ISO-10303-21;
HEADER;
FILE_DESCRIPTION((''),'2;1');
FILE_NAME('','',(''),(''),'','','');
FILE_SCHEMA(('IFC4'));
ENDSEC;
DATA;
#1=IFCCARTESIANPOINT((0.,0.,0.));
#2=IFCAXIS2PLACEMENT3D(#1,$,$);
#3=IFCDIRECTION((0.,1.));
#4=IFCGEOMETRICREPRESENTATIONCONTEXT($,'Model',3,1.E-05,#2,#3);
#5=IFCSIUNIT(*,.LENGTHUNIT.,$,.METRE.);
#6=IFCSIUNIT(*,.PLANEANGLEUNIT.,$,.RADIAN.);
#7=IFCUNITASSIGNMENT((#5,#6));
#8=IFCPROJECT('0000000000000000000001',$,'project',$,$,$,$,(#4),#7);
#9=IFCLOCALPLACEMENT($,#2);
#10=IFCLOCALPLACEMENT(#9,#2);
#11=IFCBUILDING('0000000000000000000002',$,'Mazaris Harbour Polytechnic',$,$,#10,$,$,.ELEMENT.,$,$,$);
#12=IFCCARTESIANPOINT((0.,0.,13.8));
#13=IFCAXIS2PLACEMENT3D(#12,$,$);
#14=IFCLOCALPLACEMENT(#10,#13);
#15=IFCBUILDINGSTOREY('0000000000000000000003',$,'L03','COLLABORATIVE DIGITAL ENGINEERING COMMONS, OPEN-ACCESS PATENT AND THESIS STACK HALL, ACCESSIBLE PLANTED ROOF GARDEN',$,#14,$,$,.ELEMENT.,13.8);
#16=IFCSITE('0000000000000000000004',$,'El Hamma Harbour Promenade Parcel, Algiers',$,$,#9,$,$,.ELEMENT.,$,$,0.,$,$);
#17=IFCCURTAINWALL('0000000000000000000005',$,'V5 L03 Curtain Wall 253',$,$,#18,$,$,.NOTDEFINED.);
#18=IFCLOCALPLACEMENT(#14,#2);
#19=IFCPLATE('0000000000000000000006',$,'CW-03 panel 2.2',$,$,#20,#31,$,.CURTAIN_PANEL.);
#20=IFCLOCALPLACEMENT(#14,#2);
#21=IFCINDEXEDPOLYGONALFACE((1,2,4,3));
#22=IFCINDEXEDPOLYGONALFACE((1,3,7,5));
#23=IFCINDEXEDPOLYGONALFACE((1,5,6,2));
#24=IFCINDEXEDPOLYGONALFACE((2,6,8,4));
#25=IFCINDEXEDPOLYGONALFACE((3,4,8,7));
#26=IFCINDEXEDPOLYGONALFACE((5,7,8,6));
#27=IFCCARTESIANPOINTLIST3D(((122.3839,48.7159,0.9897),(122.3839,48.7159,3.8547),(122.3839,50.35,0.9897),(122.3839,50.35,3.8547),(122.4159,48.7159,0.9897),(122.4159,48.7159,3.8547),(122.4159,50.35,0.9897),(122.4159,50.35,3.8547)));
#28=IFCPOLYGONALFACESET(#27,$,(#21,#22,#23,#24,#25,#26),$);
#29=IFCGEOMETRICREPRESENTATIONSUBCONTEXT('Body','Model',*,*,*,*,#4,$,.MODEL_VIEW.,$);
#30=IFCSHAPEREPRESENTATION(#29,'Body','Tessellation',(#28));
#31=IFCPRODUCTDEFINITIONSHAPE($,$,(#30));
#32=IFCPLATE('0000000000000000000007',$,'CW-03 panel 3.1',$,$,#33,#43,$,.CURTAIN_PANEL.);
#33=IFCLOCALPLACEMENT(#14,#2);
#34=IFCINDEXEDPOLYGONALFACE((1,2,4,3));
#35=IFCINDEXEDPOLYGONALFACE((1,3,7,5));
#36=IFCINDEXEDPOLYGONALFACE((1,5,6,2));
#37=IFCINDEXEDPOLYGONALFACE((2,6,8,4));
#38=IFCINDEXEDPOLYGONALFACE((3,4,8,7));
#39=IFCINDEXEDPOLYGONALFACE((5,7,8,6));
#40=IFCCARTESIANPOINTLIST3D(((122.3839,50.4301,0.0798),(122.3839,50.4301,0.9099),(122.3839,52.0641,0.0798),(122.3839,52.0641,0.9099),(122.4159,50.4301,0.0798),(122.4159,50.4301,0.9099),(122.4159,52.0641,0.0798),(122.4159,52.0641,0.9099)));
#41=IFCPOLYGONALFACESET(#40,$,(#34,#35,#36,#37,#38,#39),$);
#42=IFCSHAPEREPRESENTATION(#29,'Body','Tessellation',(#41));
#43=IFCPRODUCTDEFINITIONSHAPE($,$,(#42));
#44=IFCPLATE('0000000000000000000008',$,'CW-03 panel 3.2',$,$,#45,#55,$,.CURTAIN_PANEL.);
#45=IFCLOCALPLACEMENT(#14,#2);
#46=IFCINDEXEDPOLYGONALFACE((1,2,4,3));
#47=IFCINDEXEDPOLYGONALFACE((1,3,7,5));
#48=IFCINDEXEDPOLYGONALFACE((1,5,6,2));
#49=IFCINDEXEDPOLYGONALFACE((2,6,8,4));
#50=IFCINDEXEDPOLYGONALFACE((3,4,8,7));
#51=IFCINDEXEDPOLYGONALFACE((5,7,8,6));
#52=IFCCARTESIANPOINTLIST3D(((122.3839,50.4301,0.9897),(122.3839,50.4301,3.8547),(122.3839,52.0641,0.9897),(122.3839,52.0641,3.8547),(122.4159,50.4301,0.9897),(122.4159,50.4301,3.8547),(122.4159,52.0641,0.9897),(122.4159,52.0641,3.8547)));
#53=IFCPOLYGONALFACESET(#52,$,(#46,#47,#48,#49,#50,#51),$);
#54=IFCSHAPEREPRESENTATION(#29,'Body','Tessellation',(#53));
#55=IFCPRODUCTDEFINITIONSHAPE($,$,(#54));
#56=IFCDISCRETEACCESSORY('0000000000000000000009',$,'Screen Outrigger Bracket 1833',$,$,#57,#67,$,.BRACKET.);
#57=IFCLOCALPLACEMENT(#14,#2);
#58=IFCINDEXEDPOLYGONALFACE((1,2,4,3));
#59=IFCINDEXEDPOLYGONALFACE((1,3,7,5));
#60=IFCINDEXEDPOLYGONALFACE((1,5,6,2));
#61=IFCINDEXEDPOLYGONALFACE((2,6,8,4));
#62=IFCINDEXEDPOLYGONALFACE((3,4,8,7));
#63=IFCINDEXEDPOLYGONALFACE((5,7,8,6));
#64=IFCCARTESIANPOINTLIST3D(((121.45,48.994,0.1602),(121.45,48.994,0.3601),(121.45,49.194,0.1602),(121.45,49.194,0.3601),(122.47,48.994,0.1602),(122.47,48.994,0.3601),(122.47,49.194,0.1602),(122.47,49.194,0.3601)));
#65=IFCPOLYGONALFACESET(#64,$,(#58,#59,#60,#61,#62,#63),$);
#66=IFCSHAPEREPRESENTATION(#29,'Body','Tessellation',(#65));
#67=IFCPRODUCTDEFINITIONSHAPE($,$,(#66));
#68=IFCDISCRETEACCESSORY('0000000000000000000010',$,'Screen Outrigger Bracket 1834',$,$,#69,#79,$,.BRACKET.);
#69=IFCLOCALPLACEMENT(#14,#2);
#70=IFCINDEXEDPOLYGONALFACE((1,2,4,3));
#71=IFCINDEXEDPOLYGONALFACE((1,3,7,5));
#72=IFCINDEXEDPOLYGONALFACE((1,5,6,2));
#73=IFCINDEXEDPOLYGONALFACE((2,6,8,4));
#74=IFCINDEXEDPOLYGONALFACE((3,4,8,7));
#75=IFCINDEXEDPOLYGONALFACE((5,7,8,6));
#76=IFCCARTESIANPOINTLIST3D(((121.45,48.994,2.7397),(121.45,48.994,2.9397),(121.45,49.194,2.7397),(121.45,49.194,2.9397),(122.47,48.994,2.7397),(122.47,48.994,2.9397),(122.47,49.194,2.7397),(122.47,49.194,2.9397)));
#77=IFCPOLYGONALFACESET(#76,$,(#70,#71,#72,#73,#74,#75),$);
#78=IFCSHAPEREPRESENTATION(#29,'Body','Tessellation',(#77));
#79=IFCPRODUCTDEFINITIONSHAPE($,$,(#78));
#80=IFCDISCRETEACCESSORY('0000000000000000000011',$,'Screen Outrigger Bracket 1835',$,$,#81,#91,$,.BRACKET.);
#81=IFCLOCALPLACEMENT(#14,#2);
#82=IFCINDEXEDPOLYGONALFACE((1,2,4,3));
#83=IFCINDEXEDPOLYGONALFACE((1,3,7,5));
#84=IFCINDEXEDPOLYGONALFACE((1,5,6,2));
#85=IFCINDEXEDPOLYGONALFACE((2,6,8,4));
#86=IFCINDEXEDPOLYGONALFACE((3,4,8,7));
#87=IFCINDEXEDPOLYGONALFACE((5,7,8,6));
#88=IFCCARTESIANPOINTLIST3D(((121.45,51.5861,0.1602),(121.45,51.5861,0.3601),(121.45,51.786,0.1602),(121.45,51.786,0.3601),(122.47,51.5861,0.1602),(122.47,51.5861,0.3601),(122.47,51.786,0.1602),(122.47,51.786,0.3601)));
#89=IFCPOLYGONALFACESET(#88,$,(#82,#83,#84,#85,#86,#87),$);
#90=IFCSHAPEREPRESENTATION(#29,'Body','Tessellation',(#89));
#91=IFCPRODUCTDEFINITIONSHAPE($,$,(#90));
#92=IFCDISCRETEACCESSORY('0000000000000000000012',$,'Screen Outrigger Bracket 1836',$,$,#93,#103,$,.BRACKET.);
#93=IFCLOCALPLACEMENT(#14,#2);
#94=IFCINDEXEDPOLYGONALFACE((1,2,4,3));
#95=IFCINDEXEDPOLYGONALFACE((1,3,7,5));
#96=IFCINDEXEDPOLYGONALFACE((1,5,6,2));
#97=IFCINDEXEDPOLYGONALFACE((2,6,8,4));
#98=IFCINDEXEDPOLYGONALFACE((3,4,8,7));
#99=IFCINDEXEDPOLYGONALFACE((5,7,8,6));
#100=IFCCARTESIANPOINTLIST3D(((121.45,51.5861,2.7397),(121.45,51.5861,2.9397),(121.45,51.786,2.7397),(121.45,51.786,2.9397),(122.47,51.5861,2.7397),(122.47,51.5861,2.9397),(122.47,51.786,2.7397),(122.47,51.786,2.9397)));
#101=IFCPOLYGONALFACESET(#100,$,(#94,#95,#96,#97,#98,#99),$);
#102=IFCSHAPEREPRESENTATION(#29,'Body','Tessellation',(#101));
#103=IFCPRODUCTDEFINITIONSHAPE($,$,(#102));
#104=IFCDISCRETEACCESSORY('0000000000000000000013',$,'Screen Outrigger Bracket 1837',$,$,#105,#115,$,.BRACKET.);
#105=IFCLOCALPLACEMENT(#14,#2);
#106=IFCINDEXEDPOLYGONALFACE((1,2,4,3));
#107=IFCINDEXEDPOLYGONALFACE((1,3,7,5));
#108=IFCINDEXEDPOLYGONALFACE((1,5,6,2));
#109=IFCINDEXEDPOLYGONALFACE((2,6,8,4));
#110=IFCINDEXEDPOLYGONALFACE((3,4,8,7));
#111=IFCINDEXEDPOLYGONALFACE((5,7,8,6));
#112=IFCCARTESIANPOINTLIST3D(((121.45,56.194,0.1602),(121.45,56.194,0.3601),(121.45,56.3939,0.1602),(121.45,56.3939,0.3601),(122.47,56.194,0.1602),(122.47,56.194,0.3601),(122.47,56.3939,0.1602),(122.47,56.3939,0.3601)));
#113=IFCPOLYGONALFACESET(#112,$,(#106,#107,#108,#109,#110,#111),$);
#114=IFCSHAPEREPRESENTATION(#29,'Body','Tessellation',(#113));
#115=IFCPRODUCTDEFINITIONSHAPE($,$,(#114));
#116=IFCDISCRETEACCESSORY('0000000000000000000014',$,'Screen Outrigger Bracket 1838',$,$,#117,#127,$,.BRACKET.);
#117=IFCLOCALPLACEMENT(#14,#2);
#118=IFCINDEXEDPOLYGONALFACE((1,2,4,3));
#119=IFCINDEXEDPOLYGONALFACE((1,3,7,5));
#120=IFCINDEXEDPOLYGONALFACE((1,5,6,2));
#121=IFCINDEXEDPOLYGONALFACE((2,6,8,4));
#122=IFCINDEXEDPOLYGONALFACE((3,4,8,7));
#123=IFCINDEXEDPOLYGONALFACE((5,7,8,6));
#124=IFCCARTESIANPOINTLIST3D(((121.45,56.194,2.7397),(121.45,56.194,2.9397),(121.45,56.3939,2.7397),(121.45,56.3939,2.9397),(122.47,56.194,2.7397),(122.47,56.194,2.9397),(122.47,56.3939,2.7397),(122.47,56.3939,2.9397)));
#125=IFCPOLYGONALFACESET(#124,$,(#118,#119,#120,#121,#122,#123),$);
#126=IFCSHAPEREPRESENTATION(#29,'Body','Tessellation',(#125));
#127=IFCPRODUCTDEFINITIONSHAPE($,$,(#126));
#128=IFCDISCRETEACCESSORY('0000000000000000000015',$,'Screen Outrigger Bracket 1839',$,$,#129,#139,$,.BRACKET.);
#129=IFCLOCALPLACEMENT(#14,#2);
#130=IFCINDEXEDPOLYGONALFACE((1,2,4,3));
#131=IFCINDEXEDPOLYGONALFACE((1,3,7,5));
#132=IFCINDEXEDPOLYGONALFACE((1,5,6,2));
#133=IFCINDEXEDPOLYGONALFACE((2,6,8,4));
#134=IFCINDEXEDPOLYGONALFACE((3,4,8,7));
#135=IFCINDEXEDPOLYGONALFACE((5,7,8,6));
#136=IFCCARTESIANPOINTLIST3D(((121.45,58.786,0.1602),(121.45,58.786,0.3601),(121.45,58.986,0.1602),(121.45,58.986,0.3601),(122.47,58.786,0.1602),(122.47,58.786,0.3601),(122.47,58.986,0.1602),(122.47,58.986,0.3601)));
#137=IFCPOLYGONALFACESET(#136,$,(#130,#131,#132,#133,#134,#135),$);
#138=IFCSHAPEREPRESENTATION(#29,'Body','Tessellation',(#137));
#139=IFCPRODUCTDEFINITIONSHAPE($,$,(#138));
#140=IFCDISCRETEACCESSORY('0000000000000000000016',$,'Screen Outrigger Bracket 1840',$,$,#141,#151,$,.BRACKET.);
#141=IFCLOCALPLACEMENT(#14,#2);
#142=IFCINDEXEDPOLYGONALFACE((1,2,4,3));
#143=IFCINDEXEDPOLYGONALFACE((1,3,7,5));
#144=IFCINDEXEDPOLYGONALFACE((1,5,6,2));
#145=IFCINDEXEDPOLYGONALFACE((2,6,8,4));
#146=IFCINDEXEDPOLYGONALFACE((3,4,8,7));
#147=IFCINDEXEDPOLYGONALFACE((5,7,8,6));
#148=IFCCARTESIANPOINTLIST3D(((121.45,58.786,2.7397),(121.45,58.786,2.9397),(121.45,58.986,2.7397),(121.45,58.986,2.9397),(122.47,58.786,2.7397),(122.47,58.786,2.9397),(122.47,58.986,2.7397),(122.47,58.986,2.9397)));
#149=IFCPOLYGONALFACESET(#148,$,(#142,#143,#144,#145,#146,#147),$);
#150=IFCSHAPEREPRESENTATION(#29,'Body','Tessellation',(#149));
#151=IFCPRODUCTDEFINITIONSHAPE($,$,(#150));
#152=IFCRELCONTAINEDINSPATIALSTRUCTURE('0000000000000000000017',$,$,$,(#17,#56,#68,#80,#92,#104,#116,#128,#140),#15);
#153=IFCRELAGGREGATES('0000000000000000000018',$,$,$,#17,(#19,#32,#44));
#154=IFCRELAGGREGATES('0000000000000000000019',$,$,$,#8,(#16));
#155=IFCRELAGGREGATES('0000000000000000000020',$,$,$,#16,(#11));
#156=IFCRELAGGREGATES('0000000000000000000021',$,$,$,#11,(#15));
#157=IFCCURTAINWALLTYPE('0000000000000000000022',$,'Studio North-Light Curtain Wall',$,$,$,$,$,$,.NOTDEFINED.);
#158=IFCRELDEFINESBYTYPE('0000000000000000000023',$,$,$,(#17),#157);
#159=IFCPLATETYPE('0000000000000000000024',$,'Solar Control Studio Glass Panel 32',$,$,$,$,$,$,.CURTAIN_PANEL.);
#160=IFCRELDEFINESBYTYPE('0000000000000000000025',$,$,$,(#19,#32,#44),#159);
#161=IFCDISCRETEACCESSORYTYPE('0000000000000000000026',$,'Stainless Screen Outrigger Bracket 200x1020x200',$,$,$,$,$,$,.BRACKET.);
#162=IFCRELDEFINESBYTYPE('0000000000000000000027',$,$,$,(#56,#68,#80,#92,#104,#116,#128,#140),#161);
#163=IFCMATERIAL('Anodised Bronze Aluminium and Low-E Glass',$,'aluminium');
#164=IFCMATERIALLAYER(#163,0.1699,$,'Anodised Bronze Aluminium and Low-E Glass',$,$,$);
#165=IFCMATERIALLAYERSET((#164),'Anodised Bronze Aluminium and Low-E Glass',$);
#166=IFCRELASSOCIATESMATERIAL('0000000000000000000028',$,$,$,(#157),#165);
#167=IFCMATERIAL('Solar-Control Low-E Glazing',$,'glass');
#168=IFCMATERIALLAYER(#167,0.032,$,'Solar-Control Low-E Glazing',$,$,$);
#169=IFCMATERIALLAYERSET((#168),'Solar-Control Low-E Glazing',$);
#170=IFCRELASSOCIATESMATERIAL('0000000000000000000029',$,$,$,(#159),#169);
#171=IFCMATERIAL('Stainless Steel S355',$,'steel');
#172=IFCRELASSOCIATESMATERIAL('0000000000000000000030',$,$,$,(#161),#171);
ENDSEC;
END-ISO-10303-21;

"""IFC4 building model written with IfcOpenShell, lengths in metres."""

from ifc_helpers import new_model, si_unit, direction, frame, origin, origin_2d, place, context, subcontext, project, spatial, rectangle, extrude, material, layer, layer_set, type_object, element, aggregate, save


model = new_model("IFC4")

# Units and contexts
model_context = context("Model", 3, precision=1e-05, world=origin(), true_north=direction((0.0, 1.0)))
body_context = subcontext(model_context, "Body", "Model", "MODEL_VIEW")
ifc_project = project(units=[si_unit("LENGTHUNIT", "METRE"), si_unit("PLANEANGLEUNIT", "RADIAN")], contexts=[model_context])

# Site, building, storey
site_placement = place(None, origin())
site = spatial("IfcSite", under=ifc_project, at=site_placement, Name="El Hamma Harbour Promenade Parcel, Algiers", CompositionType="ELEMENT", RefElevation=0.0)
building_placement = place(site_placement, origin())
building = spatial("IfcBuilding", under=site, at=building_placement, Name="Mazaris Harbour Polytechnic", CompositionType="ELEMENT")
storey_placement = place(building_placement, frame((0.0, 0.0, 13.8)))
storey = spatial("IfcBuildingStorey", under=building, at=storey_placement, Name="L03", Description="COLLABORATIVE DIGITAL ENGINEERING COMMONS, OPEN-ACCESS PATENT AND THESIS STACK HALL, ACCESSIBLE PLANTED ROOF GARDEN", CompositionType="ELEMENT", Elevation=13.8)

# Curtain wall, plates
ifc_material_1 = material(Name="Anodised Bronze Aluminium and Low-E Glass", Category="aluminium")
ifc_layer_1 = layer(ifc_material_1, 0.1699, Name="Anodised Bronze Aluminium and Low-E Glass")
ifc_layer_set_1 = layer_set([ifc_layer_1], Name="Anodised Bronze Aluminium and Low-E Glass")
curtain_wall_type = type_object("IfcCurtainWallType", Name="Studio North-Light Curtain Wall", PredefinedType="NOTDEFINED", material=ifc_layer_set_1)
curtain_wall_placement = place(storey_placement, origin())
curtain_wall = element("IfcCurtainWall", 1, at=curtain_wall_placement, inside=storey, type_object=curtain_wall_type, Name="V5 L03 Curtain Wall 253", PredefinedType="NOTDEFINED")
ifc_material_2 = material(Name="Solar-Control Low-E Glazing", Category="glass")
ifc_layer_2 = layer(ifc_material_2, 0.032, Name="Solar-Control Low-E Glazing")
ifc_layer_set_2 = layer_set([ifc_layer_2], Name="Solar-Control Low-E Glazing")
plate_type = type_object("IfcPlateType", Name="Solar Control Studio Glass Panel 32", PredefinedType="CURTAIN_PANEL", material=ifc_layer_set_2)
plate_1_placement = place(storey_placement, frame((122.3999, 49.533, 0.9897), z_axis=(0.0, 0.0, 1.0), x_axis=(0.0, 1.0, 0.0)))
plate_1 = element("IfcPlate", 2, at=plate_1_placement, type_object=plate_type, Name="CW-03 panel 2.2", PredefinedType="CURTAIN_PANEL", context=body_context, shape_type="SweptSolid", body=[
    extrude(rectangle(XDim=1.634, YDim=0.032, at=origin_2d()), origin(), (0.0, 0.0, 1.0), 2.865),
])
plate_2_placement = place(storey_placement, frame((122.3999, 51.2471, 0.0798), z_axis=(0.0, 0.0, 1.0), x_axis=(0.0, 1.0, 0.0)))
plate_2 = element("IfcPlate", 3, at=plate_2_placement, type_object=plate_type, Name="CW-03 panel 3.1", PredefinedType="CURTAIN_PANEL", context=body_context, shape_type="SweptSolid", body=[
    extrude(rectangle(XDim=1.634, YDim=0.032, at=origin_2d()), origin(), (0.0, 0.0, 1.0), 0.8301),
])
plate_3_placement = place(storey_placement, frame((122.3999, 51.2471, 0.9897), z_axis=(0.0, 0.0, 1.0), x_axis=(0.0, 1.0, 0.0)))
plate_3 = element("IfcPlate", 4, at=plate_3_placement, type_object=plate_type, Name="CW-03 panel 3.2", PredefinedType="CURTAIN_PANEL", context=body_context, shape_type="SweptSolid", body=[
    extrude(rectangle(XDim=1.634, YDim=0.032, at=origin_2d()), origin(), (0.0, 0.0, 1.0), 2.865),
])
aggregate(curtain_wall, [plate_1, plate_2, plate_3])

# Discrete accessories
ifc_material_3 = material(Name="Stainless Steel S355", Category="steel")
discrete_accessory_type = type_object("IfcDiscreteAccessoryType", Name="Stainless Screen Outrigger Bracket 200x1020x200", PredefinedType="BRACKET", material=ifc_material_3)
for number, where, z_axis, x_axis, name in (
    (5, (121.96, 49.094, 0.1602), (0.0, 0.0, 1.0), (0.0, 1.0, 0.0), "Screen Outrigger Bracket 1833"),
    (6, (121.96, 49.094, 2.7397), (0.0, 0.0, 1.0), (0.0, 1.0, 0.0), "Screen Outrigger Bracket 1834"),
    (7, (121.96, 51.686, 0.1602), (0.0, 0.0, 1.0), (0.0, 1.0, 0.0), "Screen Outrigger Bracket 1835"),
    (8, (121.96, 51.686, 2.7397), (0.0, 0.0, 1.0), (0.0, 1.0, 0.0), "Screen Outrigger Bracket 1836"),
    (9, (121.96, 56.2939, 0.1602), (0.0, 0.0, 1.0), (0.0, 1.0, 0.0), "Screen Outrigger Bracket 1837"),
    (10, (121.96, 56.2939, 2.7397), (0.0, 0.0, 1.0), (0.0, 1.0, 0.0), "Screen Outrigger Bracket 1838"),
    (11, (121.96, 58.886, 0.1602), (0.0, 0.0, 1.0), (0.0, 1.0, 0.0), "Screen Outrigger Bracket 1839"),
    (12, (121.96, 58.886, 2.7397), (0.0, 0.0, 1.0), (0.0, 1.0, 0.0), "Screen Outrigger Bracket 1840"),
):
    element("IfcDiscreteAccessory", number, at=place(storey_placement, frame(where, z_axis=z_axis, x_axis=x_axis)), inside=storey, type_object=discrete_accessory_type, Name=name, PredefinedType="BRACKET", context=body_context, shape_type="SweptSolid", body=[
        extrude(rectangle(XDim=0.2, YDim=1.02, at=origin_2d()), origin(), (0.0, 0.0, 1.0), 0.2),
    ])

save(model, "model.ifc")
